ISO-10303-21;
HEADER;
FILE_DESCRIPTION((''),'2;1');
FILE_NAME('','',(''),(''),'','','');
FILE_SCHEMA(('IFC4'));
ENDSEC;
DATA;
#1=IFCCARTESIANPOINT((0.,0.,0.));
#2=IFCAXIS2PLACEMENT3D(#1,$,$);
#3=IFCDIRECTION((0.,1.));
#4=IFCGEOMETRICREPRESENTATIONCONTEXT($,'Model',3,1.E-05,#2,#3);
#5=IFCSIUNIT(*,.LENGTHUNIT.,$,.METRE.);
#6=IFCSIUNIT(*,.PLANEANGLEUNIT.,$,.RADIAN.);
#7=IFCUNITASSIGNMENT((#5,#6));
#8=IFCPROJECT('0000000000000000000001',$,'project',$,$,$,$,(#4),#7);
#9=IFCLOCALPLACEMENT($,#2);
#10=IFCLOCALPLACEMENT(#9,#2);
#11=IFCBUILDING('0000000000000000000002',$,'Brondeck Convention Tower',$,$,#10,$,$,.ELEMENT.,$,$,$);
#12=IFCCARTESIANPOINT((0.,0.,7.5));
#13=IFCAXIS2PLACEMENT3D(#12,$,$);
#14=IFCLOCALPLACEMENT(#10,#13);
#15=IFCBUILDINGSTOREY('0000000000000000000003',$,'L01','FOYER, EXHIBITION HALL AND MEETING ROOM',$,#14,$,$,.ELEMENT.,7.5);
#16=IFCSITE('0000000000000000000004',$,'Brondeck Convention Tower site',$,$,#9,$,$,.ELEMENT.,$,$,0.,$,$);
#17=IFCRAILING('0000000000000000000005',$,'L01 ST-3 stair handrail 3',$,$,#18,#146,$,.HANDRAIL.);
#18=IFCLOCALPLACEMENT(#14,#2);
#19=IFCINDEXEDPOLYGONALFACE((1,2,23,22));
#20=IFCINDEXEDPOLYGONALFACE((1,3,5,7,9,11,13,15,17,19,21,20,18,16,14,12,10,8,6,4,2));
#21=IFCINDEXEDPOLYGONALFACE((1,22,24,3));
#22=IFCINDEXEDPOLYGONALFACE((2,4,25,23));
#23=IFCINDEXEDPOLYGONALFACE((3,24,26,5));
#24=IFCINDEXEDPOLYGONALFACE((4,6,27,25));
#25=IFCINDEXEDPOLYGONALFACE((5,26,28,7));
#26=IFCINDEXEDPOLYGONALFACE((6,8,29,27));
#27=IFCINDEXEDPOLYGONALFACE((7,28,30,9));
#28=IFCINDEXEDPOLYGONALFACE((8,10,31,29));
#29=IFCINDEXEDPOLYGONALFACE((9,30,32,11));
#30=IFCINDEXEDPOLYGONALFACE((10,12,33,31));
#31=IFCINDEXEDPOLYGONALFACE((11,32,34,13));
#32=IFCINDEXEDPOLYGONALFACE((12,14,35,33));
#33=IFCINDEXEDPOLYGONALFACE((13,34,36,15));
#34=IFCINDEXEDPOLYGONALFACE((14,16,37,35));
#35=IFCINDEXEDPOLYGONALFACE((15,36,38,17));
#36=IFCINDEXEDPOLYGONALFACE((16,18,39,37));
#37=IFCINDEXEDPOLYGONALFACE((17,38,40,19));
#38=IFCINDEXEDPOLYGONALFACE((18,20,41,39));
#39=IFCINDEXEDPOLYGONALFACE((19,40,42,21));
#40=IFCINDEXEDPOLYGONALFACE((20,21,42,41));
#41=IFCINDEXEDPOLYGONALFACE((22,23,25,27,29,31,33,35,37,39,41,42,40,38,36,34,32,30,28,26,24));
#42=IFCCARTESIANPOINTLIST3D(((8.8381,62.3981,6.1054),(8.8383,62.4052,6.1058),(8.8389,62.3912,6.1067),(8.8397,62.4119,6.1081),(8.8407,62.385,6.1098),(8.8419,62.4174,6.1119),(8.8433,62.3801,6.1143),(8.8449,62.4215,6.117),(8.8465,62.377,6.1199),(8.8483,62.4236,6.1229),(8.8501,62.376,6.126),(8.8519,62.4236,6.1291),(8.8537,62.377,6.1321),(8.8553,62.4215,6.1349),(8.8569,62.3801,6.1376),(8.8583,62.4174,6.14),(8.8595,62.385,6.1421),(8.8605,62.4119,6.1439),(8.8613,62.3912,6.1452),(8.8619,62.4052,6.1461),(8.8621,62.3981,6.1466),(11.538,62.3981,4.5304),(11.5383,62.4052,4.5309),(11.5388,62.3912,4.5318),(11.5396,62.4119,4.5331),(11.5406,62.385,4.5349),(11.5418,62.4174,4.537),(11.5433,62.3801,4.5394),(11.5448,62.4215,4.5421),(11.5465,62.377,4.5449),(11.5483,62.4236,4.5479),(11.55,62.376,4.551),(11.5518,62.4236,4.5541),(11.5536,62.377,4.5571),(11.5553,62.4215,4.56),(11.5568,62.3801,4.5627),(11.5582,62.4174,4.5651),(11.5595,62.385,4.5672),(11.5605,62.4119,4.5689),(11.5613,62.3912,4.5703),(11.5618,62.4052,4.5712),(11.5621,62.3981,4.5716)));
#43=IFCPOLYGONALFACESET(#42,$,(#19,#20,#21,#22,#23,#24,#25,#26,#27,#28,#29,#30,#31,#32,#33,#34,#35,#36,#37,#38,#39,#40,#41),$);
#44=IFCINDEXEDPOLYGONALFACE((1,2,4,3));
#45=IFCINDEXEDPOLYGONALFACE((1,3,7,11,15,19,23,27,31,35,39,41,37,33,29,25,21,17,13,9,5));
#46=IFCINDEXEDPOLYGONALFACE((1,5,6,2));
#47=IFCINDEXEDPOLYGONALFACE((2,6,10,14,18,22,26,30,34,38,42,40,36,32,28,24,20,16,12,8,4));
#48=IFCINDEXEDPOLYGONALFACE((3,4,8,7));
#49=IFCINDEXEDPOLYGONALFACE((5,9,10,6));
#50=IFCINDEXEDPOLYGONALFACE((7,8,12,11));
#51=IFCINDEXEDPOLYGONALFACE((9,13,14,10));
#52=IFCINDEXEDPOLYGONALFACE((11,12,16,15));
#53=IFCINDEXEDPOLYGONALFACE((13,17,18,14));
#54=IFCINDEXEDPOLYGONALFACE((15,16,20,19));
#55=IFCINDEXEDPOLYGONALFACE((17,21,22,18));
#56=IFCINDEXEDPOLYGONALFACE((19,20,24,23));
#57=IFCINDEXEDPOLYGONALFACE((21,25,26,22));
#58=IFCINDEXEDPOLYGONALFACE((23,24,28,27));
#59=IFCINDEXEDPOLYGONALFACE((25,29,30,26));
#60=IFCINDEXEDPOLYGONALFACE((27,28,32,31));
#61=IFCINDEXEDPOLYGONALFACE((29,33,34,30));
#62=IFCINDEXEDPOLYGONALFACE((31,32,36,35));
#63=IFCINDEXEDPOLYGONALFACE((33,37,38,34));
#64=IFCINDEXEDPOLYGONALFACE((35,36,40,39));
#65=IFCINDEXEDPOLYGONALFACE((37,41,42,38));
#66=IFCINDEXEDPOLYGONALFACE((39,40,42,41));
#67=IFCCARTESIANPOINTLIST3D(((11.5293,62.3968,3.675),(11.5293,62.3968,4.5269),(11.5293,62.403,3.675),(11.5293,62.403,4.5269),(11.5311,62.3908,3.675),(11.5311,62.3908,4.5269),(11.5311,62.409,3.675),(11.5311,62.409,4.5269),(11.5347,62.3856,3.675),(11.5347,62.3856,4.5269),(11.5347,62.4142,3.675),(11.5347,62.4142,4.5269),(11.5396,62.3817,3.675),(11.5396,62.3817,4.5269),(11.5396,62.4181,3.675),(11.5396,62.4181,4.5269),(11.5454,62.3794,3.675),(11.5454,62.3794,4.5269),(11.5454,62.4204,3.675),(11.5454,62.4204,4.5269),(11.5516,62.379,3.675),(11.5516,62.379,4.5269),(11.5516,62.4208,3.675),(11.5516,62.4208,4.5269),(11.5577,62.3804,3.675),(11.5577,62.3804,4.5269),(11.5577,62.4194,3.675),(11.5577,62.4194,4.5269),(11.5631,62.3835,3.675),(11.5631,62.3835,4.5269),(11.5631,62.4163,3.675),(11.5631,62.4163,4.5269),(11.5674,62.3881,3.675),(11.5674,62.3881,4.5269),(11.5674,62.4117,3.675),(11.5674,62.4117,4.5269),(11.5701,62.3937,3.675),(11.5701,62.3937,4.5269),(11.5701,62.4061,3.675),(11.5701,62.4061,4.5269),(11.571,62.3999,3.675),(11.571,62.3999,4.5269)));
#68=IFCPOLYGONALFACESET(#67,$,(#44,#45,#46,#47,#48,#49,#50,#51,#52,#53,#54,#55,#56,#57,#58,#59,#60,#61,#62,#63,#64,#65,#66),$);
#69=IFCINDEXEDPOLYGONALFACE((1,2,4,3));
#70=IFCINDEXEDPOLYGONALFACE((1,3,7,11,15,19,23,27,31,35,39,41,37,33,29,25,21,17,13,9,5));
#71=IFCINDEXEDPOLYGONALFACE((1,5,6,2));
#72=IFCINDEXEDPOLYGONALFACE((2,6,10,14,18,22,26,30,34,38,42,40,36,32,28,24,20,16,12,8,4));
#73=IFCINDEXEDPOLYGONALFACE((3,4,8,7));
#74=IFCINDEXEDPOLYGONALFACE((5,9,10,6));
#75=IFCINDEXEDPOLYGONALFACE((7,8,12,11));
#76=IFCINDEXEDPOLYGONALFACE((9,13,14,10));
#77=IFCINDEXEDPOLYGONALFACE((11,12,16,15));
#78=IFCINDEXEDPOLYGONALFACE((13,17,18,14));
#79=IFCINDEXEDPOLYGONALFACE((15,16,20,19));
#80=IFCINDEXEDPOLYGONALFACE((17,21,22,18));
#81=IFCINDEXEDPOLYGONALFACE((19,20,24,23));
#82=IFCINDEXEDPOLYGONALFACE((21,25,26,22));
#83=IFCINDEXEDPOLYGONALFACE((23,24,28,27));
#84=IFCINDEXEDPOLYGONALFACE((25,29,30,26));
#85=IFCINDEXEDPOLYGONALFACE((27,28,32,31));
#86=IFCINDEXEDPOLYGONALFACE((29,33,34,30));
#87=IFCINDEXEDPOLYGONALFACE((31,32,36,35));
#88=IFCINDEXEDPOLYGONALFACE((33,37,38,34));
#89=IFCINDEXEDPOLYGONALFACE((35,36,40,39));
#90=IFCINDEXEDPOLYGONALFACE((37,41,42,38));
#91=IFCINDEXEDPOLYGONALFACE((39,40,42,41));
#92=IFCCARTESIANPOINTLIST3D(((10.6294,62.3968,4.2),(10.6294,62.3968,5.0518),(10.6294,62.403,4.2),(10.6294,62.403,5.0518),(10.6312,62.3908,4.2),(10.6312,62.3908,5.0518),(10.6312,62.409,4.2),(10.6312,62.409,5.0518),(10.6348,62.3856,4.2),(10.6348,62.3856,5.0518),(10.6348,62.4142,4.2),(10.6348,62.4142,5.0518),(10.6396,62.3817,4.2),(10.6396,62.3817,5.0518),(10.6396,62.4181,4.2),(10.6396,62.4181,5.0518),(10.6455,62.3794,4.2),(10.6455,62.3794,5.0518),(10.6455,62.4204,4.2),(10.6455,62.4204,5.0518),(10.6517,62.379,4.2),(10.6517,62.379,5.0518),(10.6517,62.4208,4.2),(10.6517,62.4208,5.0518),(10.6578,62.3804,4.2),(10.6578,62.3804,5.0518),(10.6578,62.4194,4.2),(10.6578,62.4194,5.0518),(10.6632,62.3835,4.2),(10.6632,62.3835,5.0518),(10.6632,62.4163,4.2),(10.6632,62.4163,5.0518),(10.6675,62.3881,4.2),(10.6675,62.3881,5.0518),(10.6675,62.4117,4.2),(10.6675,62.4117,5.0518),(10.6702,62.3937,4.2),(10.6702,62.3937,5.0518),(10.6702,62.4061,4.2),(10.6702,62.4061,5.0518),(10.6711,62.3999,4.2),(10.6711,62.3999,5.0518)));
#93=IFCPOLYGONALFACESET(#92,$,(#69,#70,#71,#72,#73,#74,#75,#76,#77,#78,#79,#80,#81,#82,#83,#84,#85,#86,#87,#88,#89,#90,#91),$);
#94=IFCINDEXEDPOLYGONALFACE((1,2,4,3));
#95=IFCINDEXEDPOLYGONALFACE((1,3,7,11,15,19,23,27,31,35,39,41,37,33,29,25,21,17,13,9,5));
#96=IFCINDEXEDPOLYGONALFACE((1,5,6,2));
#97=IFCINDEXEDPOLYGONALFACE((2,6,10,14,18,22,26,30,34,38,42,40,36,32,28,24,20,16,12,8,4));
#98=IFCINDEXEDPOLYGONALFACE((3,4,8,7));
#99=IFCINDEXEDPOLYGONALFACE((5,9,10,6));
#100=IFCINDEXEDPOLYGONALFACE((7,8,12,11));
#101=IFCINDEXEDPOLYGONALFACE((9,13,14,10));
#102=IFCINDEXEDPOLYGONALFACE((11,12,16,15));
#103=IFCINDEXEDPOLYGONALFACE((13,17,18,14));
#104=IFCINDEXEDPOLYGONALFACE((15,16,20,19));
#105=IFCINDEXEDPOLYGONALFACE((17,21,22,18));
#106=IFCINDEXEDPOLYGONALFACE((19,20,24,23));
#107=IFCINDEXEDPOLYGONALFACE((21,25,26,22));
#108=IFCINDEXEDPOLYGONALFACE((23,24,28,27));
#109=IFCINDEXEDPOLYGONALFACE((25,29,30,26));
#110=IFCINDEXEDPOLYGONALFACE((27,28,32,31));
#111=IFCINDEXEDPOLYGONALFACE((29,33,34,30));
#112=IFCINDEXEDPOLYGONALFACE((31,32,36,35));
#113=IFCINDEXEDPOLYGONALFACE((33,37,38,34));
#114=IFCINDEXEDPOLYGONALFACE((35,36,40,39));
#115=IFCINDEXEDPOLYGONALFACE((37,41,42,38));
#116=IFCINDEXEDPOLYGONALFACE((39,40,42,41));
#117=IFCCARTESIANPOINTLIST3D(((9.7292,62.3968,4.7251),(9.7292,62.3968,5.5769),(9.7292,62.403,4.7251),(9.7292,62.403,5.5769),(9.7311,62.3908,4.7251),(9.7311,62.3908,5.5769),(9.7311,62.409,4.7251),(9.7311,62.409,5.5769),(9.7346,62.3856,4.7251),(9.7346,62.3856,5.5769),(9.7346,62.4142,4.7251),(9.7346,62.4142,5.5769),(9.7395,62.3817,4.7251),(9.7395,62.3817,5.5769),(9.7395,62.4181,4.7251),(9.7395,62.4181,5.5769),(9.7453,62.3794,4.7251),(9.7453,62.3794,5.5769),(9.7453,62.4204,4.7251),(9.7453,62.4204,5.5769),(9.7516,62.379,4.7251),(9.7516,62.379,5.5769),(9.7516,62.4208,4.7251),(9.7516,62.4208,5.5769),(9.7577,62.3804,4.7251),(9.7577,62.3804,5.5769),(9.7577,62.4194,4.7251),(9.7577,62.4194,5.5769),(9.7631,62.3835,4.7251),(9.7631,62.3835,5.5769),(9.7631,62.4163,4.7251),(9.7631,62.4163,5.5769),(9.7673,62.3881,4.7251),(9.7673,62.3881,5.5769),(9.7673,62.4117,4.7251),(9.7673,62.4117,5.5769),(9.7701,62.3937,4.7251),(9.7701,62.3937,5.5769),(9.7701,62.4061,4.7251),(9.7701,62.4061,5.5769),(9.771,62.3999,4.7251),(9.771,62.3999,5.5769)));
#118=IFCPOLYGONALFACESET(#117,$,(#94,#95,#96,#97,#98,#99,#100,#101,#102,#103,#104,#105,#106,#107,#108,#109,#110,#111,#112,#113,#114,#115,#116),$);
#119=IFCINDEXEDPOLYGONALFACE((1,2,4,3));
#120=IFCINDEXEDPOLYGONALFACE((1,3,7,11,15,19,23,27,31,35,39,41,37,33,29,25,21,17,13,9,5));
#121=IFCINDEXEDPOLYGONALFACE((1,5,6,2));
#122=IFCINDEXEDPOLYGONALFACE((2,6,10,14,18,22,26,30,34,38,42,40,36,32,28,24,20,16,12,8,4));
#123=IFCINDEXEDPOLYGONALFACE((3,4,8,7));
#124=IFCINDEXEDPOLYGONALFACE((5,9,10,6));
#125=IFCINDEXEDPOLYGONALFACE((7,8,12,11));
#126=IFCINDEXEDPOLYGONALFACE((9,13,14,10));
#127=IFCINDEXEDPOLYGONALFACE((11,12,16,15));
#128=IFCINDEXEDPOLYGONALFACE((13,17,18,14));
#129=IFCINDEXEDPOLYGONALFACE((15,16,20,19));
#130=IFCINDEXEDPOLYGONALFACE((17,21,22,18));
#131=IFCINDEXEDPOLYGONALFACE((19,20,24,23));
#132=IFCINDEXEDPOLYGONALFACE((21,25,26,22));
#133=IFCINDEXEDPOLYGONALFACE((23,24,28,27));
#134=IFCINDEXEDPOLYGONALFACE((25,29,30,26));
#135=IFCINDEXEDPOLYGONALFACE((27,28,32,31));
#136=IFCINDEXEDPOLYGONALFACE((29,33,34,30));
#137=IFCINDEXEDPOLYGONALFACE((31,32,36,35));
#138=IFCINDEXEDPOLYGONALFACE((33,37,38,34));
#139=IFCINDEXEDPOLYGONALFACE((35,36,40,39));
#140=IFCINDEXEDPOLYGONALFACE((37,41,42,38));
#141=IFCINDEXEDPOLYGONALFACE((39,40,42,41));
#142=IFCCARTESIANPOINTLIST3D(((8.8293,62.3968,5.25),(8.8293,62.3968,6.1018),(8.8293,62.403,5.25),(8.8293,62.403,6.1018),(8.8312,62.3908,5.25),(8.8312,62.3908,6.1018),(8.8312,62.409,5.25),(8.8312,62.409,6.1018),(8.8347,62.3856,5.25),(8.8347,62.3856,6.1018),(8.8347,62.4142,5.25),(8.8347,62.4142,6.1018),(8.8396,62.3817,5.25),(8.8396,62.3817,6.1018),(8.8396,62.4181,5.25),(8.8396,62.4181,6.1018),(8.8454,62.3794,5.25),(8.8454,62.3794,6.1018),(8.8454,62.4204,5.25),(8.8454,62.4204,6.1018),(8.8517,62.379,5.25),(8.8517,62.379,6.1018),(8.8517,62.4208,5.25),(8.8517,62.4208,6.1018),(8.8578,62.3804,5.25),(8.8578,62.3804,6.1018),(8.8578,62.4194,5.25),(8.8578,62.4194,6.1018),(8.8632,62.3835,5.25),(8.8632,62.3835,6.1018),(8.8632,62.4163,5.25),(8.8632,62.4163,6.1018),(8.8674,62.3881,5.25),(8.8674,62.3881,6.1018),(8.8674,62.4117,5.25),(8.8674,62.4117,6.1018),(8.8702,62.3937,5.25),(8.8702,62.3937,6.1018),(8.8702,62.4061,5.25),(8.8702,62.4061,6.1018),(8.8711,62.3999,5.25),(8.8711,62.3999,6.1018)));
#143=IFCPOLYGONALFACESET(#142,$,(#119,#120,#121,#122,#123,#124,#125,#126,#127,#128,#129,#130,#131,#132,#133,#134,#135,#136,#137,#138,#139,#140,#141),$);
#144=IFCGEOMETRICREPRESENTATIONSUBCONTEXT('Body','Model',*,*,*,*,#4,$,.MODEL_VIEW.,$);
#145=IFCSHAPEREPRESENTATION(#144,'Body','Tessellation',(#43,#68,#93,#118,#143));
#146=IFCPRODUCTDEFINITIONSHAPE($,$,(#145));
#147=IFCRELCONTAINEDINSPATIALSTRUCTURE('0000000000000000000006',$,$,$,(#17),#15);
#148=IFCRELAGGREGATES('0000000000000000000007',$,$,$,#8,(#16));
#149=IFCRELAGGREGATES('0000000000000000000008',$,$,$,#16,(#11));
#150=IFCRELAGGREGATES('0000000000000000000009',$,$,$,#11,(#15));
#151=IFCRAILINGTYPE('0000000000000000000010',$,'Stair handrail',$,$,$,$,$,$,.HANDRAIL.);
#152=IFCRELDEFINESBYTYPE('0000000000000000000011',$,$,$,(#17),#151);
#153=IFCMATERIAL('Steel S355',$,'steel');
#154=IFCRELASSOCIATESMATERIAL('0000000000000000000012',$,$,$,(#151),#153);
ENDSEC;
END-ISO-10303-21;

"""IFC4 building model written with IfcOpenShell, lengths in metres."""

from ifc_helpers import new_model, si_unit, direction, frame, origin, origin_2d, place, context, subcontext, project, spatial, circle, extrude, material, type_object, element, save


model = new_model("IFC4")

# Units and contexts
model_context = context("Model", 3, precision=1e-05, world=origin(), true_north=direction((0.0, 1.0)))
body_context = subcontext(model_context, "Body", "Model", "MODEL_VIEW")
ifc_project = project(units=[si_unit("LENGTHUNIT", "METRE"), si_unit("PLANEANGLEUNIT", "RADIAN")], contexts=[model_context])

# Site, building, storey
site_placement = place(None, origin())
site = spatial("IfcSite", under=ifc_project, at=site_placement, Name="Brondeck Convention Tower site", CompositionType="ELEMENT", RefElevation=0.0)
building_placement = place(site_placement, origin())
building = spatial("IfcBuilding", under=site, at=building_placement, Name="Brondeck Convention Tower", CompositionType="ELEMENT")
storey_placement = place(building_placement, frame((0.0, 0.0, 7.5)))
storey = spatial("IfcBuildingStorey", under=building, at=storey_placement, Name="L01", Description="FOYER, EXHIBITION HALL AND MEETING ROOM", CompositionType="ELEMENT", Elevation=7.5)

# Shared definitions
ifc_material_1 = material(Name="Steel S355", Category="steel")

# Railing
railing_type_1 = type_object("IfcRailingType", Name="Stair handrail", PredefinedType="HANDRAIL", material=ifc_material_1)
railing_1_placement = place(storey_placement, frame((11.55, 62.3999, 3.675)))
element("IfcRailing", 1, at=railing_1_placement, inside=storey, type_object=railing_type_1, Name="L01 ST-3 stair handrail 3", PredefinedType="HANDRAIL", context=body_context, shape_type="SweptSolid", body=[
    extrude(circle(Radius=0.0239, at=origin_2d()), frame((0.0, 0.0, 0.876), z_axis=(-0.863782, 0.0, 0.503866), x_axis=(0.0, -1.0, 0.0)), (0.0, 0.0, 1.0), 3.1257),
    extrude(circle(Radius=0.021, at=origin_2d()), origin(), (0.0, 0.0, 1.0), 0.8518),
    extrude(circle(Radius=0.021, at=origin_2d()), frame((-0.8999, 0.0, 0.5249)), (0.0, 0.0, 1.0), 0.8518),
    extrude(circle(Radius=0.021, at=origin_2d()), frame((-1.8, 0.0, 1.05)), (0.0, 0.0, 1.0), 0.8518),
    extrude(circle(Radius=0.021, at=origin_2d()), frame((-2.7, 0.0, 1.575)), (0.0, 0.0, 1.0), 0.8518),
])

save(model, "model.ifc")
